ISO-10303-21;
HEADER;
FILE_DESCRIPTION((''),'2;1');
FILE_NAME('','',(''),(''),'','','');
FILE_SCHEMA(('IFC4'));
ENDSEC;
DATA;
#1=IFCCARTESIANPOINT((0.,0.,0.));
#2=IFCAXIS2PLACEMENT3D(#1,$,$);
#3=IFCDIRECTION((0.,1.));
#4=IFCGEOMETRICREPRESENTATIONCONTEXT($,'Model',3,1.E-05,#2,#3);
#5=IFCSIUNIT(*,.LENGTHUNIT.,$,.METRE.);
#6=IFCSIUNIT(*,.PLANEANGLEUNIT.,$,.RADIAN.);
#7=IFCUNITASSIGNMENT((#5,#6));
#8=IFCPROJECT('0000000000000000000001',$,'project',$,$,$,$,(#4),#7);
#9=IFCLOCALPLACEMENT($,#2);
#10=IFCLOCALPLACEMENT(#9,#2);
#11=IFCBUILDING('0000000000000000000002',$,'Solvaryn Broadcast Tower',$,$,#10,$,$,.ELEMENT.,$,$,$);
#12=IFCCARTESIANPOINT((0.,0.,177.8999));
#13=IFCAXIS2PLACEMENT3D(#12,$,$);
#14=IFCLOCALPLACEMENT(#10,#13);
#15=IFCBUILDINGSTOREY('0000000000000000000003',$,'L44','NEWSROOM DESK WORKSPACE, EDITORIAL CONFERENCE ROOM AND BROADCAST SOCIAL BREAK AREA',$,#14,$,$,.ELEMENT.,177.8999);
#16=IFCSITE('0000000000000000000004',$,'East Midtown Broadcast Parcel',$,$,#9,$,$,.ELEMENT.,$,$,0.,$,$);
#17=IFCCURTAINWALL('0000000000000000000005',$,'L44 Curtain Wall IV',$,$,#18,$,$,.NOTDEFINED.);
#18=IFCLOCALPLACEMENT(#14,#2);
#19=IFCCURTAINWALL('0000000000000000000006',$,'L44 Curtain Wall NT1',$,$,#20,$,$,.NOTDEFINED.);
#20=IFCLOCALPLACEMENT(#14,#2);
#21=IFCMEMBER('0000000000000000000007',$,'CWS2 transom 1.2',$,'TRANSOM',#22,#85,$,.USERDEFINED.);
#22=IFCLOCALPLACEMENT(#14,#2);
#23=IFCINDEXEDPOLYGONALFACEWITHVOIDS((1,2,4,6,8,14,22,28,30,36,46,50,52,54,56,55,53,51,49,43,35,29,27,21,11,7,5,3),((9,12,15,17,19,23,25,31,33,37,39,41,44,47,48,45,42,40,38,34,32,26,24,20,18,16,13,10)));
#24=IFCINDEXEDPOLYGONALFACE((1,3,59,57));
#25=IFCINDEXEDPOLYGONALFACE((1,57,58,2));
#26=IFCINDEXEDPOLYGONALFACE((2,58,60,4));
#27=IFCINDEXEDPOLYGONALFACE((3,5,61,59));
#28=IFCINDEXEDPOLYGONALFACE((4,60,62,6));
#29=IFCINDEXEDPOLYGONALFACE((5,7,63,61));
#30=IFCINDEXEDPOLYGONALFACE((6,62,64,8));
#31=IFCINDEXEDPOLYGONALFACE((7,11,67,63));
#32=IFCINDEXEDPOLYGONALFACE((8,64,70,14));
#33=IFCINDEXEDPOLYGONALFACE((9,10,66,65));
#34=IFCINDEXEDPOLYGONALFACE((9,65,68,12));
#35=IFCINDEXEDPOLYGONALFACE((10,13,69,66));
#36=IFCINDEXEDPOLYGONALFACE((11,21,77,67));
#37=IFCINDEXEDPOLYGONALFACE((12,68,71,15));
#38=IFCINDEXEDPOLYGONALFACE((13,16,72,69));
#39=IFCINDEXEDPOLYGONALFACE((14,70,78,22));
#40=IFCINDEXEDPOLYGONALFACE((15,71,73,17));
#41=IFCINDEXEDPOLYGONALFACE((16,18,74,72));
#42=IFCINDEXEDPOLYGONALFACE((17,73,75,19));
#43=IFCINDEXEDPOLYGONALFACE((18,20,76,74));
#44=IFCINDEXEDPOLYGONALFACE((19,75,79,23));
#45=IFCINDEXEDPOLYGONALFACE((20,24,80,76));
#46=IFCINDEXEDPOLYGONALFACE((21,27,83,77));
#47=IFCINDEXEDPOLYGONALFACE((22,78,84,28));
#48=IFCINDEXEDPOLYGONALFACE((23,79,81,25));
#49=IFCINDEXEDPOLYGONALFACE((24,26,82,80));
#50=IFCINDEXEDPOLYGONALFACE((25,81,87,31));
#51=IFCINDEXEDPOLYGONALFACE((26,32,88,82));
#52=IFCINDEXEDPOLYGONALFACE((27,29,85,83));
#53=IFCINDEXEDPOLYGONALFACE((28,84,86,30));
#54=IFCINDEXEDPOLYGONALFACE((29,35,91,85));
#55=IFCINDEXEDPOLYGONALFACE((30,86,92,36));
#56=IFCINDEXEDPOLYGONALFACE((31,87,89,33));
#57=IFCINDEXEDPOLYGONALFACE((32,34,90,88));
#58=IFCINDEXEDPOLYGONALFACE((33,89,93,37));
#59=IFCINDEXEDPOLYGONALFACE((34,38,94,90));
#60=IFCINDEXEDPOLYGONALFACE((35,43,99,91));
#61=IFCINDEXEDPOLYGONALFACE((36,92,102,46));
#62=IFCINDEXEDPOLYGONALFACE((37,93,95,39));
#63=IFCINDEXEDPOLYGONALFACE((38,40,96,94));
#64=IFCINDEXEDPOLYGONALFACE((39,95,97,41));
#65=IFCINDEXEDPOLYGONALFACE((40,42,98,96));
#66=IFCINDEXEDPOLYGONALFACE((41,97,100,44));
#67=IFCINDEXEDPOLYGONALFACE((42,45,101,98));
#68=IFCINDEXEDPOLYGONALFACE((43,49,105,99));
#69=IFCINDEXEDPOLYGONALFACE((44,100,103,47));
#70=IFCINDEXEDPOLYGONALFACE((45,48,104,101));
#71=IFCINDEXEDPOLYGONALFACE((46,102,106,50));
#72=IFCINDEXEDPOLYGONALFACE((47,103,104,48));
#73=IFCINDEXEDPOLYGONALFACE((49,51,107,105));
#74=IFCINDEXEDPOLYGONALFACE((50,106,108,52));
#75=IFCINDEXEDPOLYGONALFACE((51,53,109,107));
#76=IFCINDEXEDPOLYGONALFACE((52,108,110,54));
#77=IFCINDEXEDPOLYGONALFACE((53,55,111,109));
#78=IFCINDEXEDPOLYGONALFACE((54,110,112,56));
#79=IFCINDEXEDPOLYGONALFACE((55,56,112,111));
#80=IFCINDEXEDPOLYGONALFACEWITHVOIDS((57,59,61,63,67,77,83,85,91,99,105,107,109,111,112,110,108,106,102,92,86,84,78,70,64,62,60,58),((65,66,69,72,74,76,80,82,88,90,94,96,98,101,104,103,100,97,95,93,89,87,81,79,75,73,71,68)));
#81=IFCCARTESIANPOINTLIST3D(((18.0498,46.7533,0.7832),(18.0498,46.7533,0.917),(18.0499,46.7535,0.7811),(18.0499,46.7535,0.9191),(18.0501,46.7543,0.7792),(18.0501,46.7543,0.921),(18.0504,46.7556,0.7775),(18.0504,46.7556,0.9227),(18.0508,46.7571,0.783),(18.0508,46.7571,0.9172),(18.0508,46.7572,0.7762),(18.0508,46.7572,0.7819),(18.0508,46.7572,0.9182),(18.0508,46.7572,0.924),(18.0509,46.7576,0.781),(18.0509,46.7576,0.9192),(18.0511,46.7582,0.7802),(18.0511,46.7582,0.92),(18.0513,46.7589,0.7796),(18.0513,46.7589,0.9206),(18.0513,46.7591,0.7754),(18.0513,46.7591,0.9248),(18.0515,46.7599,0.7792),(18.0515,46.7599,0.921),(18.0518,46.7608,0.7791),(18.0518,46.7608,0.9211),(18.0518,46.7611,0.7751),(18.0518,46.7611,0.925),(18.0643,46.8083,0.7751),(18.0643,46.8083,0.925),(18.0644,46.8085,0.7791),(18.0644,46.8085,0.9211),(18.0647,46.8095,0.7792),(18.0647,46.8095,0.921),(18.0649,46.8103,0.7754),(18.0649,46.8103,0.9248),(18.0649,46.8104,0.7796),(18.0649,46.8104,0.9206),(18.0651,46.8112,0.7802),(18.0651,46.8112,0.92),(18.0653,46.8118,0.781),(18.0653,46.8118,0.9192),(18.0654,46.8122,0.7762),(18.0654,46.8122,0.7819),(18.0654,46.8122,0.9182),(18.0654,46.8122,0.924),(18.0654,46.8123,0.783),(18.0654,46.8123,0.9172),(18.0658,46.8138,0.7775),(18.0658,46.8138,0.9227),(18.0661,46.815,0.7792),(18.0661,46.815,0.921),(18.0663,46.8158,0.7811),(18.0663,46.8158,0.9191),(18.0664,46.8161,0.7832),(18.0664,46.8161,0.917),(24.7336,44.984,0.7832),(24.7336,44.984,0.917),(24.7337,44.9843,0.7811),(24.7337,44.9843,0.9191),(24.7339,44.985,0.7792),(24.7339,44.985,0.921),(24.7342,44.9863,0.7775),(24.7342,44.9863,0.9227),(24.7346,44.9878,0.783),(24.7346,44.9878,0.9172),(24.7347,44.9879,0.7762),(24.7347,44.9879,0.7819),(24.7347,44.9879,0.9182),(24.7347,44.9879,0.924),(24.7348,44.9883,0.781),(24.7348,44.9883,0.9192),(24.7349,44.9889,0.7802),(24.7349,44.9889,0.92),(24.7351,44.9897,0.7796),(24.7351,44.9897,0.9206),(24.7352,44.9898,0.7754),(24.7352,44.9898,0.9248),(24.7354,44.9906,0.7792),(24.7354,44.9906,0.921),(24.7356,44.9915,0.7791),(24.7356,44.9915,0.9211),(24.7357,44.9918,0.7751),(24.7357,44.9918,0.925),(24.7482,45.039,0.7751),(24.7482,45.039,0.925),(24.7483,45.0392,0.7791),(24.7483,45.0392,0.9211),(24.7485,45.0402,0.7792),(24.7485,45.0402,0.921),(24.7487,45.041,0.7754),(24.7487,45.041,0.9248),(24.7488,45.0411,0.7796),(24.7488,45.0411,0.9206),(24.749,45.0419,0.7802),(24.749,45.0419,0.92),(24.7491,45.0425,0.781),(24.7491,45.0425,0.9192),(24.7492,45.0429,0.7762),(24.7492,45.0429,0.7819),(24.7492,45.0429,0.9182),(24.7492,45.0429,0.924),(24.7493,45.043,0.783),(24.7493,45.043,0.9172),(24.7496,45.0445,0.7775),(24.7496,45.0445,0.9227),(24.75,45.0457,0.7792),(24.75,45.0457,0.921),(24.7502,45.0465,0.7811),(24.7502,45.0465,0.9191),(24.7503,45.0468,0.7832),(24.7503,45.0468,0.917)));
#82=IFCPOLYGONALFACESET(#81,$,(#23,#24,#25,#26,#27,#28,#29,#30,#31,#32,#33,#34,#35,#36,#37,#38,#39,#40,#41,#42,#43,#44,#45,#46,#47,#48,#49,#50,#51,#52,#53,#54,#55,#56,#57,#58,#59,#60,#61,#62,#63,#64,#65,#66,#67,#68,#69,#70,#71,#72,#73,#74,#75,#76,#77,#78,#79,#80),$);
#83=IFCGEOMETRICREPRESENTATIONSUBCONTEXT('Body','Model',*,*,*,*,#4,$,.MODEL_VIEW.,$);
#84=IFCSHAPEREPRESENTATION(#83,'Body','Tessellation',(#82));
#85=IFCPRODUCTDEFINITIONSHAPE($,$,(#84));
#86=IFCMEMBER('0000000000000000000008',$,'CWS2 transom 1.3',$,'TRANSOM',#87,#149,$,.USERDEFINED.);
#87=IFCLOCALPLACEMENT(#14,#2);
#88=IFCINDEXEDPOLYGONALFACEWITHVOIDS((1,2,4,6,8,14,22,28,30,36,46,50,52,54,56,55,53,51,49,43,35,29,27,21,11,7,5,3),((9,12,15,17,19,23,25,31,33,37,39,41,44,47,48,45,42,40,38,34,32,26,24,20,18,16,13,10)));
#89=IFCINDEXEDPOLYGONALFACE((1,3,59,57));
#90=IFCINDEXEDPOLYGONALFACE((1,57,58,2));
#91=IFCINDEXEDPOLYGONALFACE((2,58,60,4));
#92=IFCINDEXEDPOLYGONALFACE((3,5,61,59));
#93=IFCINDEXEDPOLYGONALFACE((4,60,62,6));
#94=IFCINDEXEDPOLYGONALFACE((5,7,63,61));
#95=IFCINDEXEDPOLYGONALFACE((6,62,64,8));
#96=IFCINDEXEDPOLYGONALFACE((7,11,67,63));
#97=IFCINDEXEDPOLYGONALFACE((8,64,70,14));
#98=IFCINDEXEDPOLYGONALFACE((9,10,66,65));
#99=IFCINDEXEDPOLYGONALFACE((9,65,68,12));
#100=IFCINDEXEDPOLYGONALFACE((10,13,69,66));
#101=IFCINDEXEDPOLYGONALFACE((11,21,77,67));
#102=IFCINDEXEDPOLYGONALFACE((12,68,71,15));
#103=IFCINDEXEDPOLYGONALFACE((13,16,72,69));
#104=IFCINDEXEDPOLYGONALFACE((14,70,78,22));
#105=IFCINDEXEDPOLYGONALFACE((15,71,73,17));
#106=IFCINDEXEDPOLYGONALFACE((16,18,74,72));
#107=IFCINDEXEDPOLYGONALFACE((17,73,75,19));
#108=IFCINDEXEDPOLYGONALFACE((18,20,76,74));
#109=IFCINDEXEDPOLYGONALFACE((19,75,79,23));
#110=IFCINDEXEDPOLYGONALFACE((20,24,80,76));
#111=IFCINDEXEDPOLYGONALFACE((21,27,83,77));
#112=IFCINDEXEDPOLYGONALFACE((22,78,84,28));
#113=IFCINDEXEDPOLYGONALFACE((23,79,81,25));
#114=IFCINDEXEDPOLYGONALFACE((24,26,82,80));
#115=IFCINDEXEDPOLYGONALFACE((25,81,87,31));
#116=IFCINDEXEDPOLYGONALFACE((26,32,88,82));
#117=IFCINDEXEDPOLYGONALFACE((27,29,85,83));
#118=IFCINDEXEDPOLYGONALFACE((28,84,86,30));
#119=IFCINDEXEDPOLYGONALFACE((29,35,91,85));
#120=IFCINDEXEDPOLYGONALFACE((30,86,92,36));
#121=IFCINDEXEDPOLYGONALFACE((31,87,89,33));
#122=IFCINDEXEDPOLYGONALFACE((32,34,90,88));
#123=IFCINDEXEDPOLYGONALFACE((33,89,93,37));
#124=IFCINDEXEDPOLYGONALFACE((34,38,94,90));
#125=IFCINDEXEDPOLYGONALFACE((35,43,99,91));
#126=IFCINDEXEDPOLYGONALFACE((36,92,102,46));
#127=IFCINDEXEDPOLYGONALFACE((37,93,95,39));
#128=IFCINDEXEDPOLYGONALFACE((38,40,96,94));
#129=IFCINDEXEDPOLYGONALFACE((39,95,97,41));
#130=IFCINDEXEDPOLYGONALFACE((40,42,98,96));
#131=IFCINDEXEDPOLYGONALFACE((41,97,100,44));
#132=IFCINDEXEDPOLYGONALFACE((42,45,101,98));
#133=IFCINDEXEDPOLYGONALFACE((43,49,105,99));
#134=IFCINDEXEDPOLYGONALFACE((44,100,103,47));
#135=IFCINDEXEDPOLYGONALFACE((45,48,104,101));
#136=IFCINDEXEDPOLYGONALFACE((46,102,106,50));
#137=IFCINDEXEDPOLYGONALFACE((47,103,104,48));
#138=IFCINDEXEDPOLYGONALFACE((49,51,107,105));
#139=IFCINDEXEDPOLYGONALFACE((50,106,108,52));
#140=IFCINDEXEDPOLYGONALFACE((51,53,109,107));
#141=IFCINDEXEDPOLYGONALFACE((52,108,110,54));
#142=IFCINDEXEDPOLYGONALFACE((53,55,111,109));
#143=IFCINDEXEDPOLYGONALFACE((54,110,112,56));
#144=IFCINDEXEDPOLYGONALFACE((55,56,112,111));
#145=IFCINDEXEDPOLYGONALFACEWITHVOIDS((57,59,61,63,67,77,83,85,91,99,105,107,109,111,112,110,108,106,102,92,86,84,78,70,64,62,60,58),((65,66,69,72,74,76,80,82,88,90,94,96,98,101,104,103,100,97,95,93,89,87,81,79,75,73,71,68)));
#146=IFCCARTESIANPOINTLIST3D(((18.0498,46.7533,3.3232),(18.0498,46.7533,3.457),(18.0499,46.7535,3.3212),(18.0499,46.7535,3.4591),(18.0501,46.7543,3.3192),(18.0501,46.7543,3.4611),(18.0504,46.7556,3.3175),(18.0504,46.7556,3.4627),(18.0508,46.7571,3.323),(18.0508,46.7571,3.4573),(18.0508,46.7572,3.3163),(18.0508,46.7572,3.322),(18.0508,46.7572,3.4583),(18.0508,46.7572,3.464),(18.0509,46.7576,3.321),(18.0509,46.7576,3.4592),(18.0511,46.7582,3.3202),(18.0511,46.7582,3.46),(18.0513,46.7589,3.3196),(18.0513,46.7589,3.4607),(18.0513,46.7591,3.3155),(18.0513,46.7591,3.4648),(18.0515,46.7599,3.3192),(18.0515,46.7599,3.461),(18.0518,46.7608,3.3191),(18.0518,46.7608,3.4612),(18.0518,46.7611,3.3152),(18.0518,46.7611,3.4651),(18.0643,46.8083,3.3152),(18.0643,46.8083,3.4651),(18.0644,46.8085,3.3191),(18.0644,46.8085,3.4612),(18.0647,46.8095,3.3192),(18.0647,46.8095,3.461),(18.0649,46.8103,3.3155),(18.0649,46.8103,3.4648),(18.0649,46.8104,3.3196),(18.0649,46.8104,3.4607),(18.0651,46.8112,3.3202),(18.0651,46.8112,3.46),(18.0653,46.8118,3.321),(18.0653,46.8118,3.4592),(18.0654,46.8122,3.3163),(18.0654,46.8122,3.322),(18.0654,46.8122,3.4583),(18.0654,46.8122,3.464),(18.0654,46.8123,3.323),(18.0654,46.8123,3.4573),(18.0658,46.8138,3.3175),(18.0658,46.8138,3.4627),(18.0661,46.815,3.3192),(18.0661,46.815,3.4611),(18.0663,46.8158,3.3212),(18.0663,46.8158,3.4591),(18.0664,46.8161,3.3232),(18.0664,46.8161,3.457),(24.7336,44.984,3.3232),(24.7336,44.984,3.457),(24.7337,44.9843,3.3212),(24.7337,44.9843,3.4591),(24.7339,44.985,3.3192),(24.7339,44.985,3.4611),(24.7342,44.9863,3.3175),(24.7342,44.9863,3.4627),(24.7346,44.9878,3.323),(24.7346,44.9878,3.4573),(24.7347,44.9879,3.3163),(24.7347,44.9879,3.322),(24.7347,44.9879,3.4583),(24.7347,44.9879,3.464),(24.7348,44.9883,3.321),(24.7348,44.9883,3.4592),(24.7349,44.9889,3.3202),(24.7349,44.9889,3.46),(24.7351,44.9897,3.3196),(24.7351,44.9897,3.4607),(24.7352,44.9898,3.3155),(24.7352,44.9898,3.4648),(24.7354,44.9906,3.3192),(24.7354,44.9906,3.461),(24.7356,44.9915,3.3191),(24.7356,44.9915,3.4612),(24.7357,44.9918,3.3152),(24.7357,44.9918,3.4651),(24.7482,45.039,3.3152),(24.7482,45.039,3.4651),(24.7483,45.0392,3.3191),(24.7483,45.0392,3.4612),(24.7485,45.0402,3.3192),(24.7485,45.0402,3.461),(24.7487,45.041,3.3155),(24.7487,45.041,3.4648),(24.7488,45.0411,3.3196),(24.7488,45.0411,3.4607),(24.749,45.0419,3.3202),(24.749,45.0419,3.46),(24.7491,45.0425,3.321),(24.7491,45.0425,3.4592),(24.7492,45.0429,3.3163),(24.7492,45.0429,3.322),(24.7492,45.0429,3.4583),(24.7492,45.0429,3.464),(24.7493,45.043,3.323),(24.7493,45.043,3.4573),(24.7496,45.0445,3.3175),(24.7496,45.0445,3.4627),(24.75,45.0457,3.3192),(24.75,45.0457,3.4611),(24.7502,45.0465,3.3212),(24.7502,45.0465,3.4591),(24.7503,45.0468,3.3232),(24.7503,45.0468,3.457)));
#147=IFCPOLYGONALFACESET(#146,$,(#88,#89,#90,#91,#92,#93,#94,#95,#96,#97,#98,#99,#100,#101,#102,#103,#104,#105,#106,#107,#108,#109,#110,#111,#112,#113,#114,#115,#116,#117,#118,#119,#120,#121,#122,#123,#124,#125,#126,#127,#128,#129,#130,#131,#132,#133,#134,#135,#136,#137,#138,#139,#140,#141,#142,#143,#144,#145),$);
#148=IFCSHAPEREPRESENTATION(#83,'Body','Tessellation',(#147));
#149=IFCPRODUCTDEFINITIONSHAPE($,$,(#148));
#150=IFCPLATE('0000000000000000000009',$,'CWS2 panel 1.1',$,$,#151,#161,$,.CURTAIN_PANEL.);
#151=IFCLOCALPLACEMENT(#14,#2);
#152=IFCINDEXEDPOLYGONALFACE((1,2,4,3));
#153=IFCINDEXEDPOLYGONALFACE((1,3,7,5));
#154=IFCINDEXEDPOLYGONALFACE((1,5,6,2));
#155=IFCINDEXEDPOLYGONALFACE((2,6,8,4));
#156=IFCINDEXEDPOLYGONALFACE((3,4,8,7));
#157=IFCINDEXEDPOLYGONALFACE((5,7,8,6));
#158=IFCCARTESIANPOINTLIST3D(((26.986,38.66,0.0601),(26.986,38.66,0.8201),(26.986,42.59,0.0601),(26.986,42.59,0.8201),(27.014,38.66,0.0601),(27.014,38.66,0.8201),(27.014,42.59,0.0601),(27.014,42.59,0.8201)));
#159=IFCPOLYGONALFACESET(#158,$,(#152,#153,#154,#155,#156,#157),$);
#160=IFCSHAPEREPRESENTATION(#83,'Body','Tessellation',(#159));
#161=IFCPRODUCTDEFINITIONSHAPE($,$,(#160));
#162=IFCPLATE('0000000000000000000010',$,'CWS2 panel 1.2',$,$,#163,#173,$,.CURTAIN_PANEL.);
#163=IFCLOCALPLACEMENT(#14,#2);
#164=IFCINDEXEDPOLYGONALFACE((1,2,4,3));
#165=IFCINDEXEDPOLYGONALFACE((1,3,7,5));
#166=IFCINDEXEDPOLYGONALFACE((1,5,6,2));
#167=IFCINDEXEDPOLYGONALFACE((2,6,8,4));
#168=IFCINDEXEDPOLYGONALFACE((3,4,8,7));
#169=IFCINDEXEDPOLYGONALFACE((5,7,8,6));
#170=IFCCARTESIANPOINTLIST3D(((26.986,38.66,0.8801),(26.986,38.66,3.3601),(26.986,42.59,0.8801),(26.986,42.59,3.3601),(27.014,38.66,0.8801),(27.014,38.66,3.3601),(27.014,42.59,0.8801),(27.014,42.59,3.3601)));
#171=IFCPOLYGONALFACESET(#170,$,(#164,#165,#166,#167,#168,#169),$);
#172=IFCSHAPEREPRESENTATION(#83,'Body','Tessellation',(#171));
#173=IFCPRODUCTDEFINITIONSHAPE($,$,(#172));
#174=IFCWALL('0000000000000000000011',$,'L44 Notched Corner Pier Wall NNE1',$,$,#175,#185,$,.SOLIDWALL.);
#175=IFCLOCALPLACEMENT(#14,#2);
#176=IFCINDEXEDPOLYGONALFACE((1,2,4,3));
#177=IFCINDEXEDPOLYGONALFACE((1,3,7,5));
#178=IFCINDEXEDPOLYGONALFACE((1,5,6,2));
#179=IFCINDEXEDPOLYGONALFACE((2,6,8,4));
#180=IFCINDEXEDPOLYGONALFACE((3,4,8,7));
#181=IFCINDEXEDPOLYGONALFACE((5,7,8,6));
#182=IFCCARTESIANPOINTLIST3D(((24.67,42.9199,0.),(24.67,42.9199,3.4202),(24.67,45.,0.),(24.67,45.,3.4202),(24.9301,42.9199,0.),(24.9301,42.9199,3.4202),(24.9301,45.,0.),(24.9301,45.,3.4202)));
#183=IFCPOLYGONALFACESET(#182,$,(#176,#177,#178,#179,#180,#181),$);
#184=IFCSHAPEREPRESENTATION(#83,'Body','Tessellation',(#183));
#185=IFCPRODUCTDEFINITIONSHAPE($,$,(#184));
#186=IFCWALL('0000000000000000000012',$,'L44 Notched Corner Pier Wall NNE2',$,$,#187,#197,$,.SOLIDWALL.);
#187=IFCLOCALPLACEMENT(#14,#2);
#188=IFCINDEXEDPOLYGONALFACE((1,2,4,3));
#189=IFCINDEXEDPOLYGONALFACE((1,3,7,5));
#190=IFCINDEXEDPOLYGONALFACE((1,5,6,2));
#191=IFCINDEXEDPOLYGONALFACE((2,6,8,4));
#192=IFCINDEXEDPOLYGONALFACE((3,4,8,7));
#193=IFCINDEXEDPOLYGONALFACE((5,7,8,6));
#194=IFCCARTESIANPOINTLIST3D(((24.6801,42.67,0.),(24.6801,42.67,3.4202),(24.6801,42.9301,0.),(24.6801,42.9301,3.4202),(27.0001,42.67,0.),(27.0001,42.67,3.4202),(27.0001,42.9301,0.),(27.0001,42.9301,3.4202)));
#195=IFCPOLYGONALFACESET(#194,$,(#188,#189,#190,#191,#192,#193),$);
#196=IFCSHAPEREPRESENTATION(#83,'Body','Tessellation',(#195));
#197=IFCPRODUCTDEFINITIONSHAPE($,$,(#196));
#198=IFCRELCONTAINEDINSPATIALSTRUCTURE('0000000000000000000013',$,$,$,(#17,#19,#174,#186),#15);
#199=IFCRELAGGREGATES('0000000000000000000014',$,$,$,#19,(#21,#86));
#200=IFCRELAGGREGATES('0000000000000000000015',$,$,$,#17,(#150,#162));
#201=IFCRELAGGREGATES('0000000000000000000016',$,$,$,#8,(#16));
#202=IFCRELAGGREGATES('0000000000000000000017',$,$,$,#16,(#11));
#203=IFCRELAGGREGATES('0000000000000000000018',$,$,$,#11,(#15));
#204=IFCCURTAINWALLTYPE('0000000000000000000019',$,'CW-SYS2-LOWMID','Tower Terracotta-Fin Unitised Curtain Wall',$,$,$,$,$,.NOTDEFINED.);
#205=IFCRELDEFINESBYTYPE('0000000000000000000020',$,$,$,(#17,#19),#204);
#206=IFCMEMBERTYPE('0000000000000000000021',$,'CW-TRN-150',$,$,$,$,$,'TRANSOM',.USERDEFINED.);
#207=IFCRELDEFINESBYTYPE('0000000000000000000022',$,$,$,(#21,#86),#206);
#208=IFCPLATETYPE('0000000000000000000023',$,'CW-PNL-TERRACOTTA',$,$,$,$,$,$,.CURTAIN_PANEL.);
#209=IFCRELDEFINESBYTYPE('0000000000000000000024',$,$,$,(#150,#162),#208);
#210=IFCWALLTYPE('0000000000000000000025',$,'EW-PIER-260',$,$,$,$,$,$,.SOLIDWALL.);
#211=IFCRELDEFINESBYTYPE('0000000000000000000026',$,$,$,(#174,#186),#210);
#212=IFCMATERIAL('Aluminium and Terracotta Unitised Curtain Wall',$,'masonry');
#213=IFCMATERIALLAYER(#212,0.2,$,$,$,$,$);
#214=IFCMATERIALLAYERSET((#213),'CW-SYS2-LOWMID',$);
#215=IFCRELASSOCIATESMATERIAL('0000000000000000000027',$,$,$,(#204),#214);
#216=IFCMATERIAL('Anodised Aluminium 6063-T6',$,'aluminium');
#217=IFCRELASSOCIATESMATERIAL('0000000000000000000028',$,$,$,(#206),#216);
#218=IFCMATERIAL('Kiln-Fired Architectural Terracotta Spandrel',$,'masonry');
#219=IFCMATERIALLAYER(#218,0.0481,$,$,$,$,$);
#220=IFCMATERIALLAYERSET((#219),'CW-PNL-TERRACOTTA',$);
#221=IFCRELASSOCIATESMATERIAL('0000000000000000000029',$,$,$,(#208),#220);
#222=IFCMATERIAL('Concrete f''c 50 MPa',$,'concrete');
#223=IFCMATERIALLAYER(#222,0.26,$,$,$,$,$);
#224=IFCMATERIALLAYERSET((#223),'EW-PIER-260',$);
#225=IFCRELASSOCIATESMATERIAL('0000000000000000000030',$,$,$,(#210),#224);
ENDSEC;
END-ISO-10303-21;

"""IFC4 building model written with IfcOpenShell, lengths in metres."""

from ifc_helpers import new_model, si_unit, direction, frame, frame_2d, origin, origin_2d, place, context, subcontext, project, spatial, rectangle, hollow_rectangle, extrude, material, layer, layer_set, material_profile, profile_set, type_object, element, aggregate, save


model = new_model("IFC4")

# Units and contexts
model_context = context("Model", 3, precision=1e-05, world=origin(), true_north=direction((0.0, 1.0)))
body_context = subcontext(model_context, "Body", "Model", "MODEL_VIEW")
ifc_project = project(units=[si_unit("LENGTHUNIT", "METRE"), si_unit("PLANEANGLEUNIT", "RADIAN")], contexts=[model_context])

# Site, building, storey
site_placement = place(None, origin())
site = spatial("IfcSite", under=ifc_project, at=site_placement, Name="East Midtown Broadcast Parcel", CompositionType="ELEMENT", RefElevation=0.0)
building_placement = place(site_placement, origin())
building = spatial("IfcBuilding", under=site, at=building_placement, Name="Solvaryn Broadcast Tower", CompositionType="ELEMENT")
storey_placement = place(building_placement, frame((0.0, 0.0, 177.8999)))
storey = spatial("IfcBuildingStorey", under=building, at=storey_placement, Name="L44", Description="NEWSROOM DESK WORKSPACE, EDITORIAL CONFERENCE ROOM AND BROADCAST SOCIAL BREAK AREA", CompositionType="ELEMENT", Elevation=177.8999)

# Curtain wall
ifc_material_1 = material(Name="Aluminium and Terracotta Unitised Curtain Wall", Category="masonry")
ifc_layer_1 = layer(ifc_material_1, 0.2)
ifc_layer_set_1 = layer_set([ifc_layer_1], Name="CW-SYS2-LOWMID")
curtain_wall_type = type_object("IfcCurtainWallType", Name="CW-SYS2-LOWMID", Description="Tower Terracotta-Fin Unitised Curtain Wall", PredefinedType="NOTDEFINED", material=ifc_layer_set_1)
curtain_wall_1_placement = place(storey_placement, origin())
curtain_wall_1 = element("IfcCurtainWall", 1, at=curtain_wall_1_placement, inside=storey, type_object=curtain_wall_type, Name="L44 Curtain Wall IV", PredefinedType="NOTDEFINED")

# Curtain wall
curtain_wall_2_placement = place(storey_placement, origin())
curtain_wall_2 = element("IfcCurtainWall", 2, at=curtain_wall_2_placement, inside=storey, type_object=curtain_wall_type, Name="L44 Curtain Wall NT1", PredefinedType="NOTDEFINED")

# Members
ifc_material_2 = material(Name="Anodised Aluminium 6063-T6", Category="aluminium")
ifc_material_profile_1 = material_profile(ifc_material_2, hollow_rectangle(XDim=0.0649, YDim=0.1499, WallThickness=0.0039, InnerFilletRadius=0.0039, OuterFilletRadius=0.0081, at=origin_2d()))
ifc_profile_set_1 = profile_set([ifc_material_profile_1], Name="Anodised Aluminium 6063-T6")
member_type_1 = type_object("IfcMemberType", Name="CW-TRN-150", ElementType="TRANSOM", PredefinedType="USERDEFINED", material=ifc_profile_set_1)
member_1_placement = place(storey_placement, frame((24.7419, 45.0154, 0.8501), z_axis=(-0.966704, 0.255897, 0.0), x_axis=(-0.255897, -0.966704, 0.0)))
member_1 = element("IfcMember", 3, at=member_1_placement, type_object=member_type_1, Name="CWS2 transom 1.2", ObjectType="TRANSOM", PredefinedType="USERDEFINED", context=body_context, shape_type="SweptSolid", body=[
    extrude(hollow_rectangle(XDim=0.0649, YDim=0.1499, WallThickness=0.0039, InnerFilletRadius=0.0039, OuterFilletRadius=0.0081, at=origin_2d()), origin(), (0.0, 0.0, 1.0), 6.9141),
])
member_2_placement = place(storey_placement, frame((24.7419, 45.0154, 3.3901), z_axis=(-0.966704, 0.255897, 0.0), x_axis=(-0.255897, -0.966704, 0.0)))
member_2 = element("IfcMember", 4, at=member_2_placement, type_object=member_type_1, Name="CWS2 transom 1.3", ObjectType="TRANSOM", PredefinedType="USERDEFINED", context=body_context, shape_type="SweptSolid", body=[
    extrude(hollow_rectangle(XDim=0.0649, YDim=0.1499, WallThickness=0.0039, InnerFilletRadius=0.0039, OuterFilletRadius=0.0081, at=origin_2d()), origin(), (0.0, 0.0, 1.0), 6.9141),
])
aggregate(curtain_wall_2, [member_1, member_2])

# Plates
ifc_material_3 = material(Name="Kiln-Fired Architectural Terracotta Spandrel", Category="masonry")
ifc_layer_2 = layer(ifc_material_3, 0.0481)
ifc_layer_set_2 = layer_set([ifc_layer_2], Name="CW-PNL-TERRACOTTA")
plate_type = type_object("IfcPlateType", Name="CW-PNL-TERRACOTTA", PredefinedType="CURTAIN_PANEL", material=ifc_layer_set_2)
plate_1_placement = place(storey_placement, frame((27.0, 40.625, 0.0601), z_axis=(0.0, 0.0, 1.0), x_axis=(0.0, -1.0, 0.0)))
plate_1 = element("IfcPlate", 5, at=plate_1_placement, type_object=plate_type, Name="CWS2 panel 1.1", PredefinedType="CURTAIN_PANEL", context=body_context, shape_type="SweptSolid", body=[
    extrude(rectangle(XDim=3.9299, YDim=0.0281, at=origin_2d()), origin(), (0.0, 0.0, 1.0), 0.76),
])
plate_2_placement = place(storey_placement, frame((27.0, 40.625, 0.8801), z_axis=(0.0, 0.0, 1.0), x_axis=(0.0, -1.0, 0.0)))
plate_2 = element("IfcPlate", 6, at=plate_2_placement, type_object=plate_type, Name="CWS2 panel 1.2", PredefinedType="CURTAIN_PANEL", context=body_context, shape_type="SweptSolid", body=[
    extrude(rectangle(XDim=3.9299, YDim=0.0281, at=origin_2d()), origin(), (0.0, 0.0, 1.0), 2.48),
])
aggregate(curtain_wall_1, [plate_1, plate_2])

# Walls
ifc_material_4 = material(Name="Concrete f'c 50 MPa", Category="concrete")
ifc_layer_3 = layer(ifc_material_4, 0.26)
ifc_layer_set_3 = layer_set([ifc_layer_3], Name="EW-PIER-260")
wall_type_1 = type_object("IfcWallType", Name="EW-PIER-260", PredefinedType="SOLIDWALL", material=ifc_layer_set_3)
wall_1_placement = place(storey_placement, frame((24.8, 45.0, 0.0), z_axis=(0.0, 0.0, 1.0), x_axis=(0.0, -1.0, 0.0)))
element("IfcWall", 7, at=wall_1_placement, inside=storey, type_object=wall_type_1, Name="L44 Notched Corner Pier Wall NNE1", PredefinedType="SOLIDWALL", context=body_context, shape_type="SweptSolid", body=[
    extrude(rectangle(XDim=2.0801, YDim=0.26, at=frame_2d((1.04, 0.0))), origin(), (0.0, 0.0, 1.0), 3.4202),
])
wall_2_placement = place(storey_placement, frame((24.6799, 42.8, 0.0), z_axis=(0.0, 0.0, 1.0), x_axis=(1.0, 0.0, 0.0)))
element("IfcWall", 8, at=wall_2_placement, inside=storey, type_object=wall_type_1, Name="L44 Notched Corner Pier Wall NNE2", PredefinedType="SOLIDWALL", context=body_context, shape_type="SweptSolid", body=[
    extrude(rectangle(XDim=2.3201, YDim=0.26, at=frame_2d((1.1602, 0.0))), origin(), (0.0, 0.0, 1.0), 3.4202),
])

save(model, "model.ifc")
